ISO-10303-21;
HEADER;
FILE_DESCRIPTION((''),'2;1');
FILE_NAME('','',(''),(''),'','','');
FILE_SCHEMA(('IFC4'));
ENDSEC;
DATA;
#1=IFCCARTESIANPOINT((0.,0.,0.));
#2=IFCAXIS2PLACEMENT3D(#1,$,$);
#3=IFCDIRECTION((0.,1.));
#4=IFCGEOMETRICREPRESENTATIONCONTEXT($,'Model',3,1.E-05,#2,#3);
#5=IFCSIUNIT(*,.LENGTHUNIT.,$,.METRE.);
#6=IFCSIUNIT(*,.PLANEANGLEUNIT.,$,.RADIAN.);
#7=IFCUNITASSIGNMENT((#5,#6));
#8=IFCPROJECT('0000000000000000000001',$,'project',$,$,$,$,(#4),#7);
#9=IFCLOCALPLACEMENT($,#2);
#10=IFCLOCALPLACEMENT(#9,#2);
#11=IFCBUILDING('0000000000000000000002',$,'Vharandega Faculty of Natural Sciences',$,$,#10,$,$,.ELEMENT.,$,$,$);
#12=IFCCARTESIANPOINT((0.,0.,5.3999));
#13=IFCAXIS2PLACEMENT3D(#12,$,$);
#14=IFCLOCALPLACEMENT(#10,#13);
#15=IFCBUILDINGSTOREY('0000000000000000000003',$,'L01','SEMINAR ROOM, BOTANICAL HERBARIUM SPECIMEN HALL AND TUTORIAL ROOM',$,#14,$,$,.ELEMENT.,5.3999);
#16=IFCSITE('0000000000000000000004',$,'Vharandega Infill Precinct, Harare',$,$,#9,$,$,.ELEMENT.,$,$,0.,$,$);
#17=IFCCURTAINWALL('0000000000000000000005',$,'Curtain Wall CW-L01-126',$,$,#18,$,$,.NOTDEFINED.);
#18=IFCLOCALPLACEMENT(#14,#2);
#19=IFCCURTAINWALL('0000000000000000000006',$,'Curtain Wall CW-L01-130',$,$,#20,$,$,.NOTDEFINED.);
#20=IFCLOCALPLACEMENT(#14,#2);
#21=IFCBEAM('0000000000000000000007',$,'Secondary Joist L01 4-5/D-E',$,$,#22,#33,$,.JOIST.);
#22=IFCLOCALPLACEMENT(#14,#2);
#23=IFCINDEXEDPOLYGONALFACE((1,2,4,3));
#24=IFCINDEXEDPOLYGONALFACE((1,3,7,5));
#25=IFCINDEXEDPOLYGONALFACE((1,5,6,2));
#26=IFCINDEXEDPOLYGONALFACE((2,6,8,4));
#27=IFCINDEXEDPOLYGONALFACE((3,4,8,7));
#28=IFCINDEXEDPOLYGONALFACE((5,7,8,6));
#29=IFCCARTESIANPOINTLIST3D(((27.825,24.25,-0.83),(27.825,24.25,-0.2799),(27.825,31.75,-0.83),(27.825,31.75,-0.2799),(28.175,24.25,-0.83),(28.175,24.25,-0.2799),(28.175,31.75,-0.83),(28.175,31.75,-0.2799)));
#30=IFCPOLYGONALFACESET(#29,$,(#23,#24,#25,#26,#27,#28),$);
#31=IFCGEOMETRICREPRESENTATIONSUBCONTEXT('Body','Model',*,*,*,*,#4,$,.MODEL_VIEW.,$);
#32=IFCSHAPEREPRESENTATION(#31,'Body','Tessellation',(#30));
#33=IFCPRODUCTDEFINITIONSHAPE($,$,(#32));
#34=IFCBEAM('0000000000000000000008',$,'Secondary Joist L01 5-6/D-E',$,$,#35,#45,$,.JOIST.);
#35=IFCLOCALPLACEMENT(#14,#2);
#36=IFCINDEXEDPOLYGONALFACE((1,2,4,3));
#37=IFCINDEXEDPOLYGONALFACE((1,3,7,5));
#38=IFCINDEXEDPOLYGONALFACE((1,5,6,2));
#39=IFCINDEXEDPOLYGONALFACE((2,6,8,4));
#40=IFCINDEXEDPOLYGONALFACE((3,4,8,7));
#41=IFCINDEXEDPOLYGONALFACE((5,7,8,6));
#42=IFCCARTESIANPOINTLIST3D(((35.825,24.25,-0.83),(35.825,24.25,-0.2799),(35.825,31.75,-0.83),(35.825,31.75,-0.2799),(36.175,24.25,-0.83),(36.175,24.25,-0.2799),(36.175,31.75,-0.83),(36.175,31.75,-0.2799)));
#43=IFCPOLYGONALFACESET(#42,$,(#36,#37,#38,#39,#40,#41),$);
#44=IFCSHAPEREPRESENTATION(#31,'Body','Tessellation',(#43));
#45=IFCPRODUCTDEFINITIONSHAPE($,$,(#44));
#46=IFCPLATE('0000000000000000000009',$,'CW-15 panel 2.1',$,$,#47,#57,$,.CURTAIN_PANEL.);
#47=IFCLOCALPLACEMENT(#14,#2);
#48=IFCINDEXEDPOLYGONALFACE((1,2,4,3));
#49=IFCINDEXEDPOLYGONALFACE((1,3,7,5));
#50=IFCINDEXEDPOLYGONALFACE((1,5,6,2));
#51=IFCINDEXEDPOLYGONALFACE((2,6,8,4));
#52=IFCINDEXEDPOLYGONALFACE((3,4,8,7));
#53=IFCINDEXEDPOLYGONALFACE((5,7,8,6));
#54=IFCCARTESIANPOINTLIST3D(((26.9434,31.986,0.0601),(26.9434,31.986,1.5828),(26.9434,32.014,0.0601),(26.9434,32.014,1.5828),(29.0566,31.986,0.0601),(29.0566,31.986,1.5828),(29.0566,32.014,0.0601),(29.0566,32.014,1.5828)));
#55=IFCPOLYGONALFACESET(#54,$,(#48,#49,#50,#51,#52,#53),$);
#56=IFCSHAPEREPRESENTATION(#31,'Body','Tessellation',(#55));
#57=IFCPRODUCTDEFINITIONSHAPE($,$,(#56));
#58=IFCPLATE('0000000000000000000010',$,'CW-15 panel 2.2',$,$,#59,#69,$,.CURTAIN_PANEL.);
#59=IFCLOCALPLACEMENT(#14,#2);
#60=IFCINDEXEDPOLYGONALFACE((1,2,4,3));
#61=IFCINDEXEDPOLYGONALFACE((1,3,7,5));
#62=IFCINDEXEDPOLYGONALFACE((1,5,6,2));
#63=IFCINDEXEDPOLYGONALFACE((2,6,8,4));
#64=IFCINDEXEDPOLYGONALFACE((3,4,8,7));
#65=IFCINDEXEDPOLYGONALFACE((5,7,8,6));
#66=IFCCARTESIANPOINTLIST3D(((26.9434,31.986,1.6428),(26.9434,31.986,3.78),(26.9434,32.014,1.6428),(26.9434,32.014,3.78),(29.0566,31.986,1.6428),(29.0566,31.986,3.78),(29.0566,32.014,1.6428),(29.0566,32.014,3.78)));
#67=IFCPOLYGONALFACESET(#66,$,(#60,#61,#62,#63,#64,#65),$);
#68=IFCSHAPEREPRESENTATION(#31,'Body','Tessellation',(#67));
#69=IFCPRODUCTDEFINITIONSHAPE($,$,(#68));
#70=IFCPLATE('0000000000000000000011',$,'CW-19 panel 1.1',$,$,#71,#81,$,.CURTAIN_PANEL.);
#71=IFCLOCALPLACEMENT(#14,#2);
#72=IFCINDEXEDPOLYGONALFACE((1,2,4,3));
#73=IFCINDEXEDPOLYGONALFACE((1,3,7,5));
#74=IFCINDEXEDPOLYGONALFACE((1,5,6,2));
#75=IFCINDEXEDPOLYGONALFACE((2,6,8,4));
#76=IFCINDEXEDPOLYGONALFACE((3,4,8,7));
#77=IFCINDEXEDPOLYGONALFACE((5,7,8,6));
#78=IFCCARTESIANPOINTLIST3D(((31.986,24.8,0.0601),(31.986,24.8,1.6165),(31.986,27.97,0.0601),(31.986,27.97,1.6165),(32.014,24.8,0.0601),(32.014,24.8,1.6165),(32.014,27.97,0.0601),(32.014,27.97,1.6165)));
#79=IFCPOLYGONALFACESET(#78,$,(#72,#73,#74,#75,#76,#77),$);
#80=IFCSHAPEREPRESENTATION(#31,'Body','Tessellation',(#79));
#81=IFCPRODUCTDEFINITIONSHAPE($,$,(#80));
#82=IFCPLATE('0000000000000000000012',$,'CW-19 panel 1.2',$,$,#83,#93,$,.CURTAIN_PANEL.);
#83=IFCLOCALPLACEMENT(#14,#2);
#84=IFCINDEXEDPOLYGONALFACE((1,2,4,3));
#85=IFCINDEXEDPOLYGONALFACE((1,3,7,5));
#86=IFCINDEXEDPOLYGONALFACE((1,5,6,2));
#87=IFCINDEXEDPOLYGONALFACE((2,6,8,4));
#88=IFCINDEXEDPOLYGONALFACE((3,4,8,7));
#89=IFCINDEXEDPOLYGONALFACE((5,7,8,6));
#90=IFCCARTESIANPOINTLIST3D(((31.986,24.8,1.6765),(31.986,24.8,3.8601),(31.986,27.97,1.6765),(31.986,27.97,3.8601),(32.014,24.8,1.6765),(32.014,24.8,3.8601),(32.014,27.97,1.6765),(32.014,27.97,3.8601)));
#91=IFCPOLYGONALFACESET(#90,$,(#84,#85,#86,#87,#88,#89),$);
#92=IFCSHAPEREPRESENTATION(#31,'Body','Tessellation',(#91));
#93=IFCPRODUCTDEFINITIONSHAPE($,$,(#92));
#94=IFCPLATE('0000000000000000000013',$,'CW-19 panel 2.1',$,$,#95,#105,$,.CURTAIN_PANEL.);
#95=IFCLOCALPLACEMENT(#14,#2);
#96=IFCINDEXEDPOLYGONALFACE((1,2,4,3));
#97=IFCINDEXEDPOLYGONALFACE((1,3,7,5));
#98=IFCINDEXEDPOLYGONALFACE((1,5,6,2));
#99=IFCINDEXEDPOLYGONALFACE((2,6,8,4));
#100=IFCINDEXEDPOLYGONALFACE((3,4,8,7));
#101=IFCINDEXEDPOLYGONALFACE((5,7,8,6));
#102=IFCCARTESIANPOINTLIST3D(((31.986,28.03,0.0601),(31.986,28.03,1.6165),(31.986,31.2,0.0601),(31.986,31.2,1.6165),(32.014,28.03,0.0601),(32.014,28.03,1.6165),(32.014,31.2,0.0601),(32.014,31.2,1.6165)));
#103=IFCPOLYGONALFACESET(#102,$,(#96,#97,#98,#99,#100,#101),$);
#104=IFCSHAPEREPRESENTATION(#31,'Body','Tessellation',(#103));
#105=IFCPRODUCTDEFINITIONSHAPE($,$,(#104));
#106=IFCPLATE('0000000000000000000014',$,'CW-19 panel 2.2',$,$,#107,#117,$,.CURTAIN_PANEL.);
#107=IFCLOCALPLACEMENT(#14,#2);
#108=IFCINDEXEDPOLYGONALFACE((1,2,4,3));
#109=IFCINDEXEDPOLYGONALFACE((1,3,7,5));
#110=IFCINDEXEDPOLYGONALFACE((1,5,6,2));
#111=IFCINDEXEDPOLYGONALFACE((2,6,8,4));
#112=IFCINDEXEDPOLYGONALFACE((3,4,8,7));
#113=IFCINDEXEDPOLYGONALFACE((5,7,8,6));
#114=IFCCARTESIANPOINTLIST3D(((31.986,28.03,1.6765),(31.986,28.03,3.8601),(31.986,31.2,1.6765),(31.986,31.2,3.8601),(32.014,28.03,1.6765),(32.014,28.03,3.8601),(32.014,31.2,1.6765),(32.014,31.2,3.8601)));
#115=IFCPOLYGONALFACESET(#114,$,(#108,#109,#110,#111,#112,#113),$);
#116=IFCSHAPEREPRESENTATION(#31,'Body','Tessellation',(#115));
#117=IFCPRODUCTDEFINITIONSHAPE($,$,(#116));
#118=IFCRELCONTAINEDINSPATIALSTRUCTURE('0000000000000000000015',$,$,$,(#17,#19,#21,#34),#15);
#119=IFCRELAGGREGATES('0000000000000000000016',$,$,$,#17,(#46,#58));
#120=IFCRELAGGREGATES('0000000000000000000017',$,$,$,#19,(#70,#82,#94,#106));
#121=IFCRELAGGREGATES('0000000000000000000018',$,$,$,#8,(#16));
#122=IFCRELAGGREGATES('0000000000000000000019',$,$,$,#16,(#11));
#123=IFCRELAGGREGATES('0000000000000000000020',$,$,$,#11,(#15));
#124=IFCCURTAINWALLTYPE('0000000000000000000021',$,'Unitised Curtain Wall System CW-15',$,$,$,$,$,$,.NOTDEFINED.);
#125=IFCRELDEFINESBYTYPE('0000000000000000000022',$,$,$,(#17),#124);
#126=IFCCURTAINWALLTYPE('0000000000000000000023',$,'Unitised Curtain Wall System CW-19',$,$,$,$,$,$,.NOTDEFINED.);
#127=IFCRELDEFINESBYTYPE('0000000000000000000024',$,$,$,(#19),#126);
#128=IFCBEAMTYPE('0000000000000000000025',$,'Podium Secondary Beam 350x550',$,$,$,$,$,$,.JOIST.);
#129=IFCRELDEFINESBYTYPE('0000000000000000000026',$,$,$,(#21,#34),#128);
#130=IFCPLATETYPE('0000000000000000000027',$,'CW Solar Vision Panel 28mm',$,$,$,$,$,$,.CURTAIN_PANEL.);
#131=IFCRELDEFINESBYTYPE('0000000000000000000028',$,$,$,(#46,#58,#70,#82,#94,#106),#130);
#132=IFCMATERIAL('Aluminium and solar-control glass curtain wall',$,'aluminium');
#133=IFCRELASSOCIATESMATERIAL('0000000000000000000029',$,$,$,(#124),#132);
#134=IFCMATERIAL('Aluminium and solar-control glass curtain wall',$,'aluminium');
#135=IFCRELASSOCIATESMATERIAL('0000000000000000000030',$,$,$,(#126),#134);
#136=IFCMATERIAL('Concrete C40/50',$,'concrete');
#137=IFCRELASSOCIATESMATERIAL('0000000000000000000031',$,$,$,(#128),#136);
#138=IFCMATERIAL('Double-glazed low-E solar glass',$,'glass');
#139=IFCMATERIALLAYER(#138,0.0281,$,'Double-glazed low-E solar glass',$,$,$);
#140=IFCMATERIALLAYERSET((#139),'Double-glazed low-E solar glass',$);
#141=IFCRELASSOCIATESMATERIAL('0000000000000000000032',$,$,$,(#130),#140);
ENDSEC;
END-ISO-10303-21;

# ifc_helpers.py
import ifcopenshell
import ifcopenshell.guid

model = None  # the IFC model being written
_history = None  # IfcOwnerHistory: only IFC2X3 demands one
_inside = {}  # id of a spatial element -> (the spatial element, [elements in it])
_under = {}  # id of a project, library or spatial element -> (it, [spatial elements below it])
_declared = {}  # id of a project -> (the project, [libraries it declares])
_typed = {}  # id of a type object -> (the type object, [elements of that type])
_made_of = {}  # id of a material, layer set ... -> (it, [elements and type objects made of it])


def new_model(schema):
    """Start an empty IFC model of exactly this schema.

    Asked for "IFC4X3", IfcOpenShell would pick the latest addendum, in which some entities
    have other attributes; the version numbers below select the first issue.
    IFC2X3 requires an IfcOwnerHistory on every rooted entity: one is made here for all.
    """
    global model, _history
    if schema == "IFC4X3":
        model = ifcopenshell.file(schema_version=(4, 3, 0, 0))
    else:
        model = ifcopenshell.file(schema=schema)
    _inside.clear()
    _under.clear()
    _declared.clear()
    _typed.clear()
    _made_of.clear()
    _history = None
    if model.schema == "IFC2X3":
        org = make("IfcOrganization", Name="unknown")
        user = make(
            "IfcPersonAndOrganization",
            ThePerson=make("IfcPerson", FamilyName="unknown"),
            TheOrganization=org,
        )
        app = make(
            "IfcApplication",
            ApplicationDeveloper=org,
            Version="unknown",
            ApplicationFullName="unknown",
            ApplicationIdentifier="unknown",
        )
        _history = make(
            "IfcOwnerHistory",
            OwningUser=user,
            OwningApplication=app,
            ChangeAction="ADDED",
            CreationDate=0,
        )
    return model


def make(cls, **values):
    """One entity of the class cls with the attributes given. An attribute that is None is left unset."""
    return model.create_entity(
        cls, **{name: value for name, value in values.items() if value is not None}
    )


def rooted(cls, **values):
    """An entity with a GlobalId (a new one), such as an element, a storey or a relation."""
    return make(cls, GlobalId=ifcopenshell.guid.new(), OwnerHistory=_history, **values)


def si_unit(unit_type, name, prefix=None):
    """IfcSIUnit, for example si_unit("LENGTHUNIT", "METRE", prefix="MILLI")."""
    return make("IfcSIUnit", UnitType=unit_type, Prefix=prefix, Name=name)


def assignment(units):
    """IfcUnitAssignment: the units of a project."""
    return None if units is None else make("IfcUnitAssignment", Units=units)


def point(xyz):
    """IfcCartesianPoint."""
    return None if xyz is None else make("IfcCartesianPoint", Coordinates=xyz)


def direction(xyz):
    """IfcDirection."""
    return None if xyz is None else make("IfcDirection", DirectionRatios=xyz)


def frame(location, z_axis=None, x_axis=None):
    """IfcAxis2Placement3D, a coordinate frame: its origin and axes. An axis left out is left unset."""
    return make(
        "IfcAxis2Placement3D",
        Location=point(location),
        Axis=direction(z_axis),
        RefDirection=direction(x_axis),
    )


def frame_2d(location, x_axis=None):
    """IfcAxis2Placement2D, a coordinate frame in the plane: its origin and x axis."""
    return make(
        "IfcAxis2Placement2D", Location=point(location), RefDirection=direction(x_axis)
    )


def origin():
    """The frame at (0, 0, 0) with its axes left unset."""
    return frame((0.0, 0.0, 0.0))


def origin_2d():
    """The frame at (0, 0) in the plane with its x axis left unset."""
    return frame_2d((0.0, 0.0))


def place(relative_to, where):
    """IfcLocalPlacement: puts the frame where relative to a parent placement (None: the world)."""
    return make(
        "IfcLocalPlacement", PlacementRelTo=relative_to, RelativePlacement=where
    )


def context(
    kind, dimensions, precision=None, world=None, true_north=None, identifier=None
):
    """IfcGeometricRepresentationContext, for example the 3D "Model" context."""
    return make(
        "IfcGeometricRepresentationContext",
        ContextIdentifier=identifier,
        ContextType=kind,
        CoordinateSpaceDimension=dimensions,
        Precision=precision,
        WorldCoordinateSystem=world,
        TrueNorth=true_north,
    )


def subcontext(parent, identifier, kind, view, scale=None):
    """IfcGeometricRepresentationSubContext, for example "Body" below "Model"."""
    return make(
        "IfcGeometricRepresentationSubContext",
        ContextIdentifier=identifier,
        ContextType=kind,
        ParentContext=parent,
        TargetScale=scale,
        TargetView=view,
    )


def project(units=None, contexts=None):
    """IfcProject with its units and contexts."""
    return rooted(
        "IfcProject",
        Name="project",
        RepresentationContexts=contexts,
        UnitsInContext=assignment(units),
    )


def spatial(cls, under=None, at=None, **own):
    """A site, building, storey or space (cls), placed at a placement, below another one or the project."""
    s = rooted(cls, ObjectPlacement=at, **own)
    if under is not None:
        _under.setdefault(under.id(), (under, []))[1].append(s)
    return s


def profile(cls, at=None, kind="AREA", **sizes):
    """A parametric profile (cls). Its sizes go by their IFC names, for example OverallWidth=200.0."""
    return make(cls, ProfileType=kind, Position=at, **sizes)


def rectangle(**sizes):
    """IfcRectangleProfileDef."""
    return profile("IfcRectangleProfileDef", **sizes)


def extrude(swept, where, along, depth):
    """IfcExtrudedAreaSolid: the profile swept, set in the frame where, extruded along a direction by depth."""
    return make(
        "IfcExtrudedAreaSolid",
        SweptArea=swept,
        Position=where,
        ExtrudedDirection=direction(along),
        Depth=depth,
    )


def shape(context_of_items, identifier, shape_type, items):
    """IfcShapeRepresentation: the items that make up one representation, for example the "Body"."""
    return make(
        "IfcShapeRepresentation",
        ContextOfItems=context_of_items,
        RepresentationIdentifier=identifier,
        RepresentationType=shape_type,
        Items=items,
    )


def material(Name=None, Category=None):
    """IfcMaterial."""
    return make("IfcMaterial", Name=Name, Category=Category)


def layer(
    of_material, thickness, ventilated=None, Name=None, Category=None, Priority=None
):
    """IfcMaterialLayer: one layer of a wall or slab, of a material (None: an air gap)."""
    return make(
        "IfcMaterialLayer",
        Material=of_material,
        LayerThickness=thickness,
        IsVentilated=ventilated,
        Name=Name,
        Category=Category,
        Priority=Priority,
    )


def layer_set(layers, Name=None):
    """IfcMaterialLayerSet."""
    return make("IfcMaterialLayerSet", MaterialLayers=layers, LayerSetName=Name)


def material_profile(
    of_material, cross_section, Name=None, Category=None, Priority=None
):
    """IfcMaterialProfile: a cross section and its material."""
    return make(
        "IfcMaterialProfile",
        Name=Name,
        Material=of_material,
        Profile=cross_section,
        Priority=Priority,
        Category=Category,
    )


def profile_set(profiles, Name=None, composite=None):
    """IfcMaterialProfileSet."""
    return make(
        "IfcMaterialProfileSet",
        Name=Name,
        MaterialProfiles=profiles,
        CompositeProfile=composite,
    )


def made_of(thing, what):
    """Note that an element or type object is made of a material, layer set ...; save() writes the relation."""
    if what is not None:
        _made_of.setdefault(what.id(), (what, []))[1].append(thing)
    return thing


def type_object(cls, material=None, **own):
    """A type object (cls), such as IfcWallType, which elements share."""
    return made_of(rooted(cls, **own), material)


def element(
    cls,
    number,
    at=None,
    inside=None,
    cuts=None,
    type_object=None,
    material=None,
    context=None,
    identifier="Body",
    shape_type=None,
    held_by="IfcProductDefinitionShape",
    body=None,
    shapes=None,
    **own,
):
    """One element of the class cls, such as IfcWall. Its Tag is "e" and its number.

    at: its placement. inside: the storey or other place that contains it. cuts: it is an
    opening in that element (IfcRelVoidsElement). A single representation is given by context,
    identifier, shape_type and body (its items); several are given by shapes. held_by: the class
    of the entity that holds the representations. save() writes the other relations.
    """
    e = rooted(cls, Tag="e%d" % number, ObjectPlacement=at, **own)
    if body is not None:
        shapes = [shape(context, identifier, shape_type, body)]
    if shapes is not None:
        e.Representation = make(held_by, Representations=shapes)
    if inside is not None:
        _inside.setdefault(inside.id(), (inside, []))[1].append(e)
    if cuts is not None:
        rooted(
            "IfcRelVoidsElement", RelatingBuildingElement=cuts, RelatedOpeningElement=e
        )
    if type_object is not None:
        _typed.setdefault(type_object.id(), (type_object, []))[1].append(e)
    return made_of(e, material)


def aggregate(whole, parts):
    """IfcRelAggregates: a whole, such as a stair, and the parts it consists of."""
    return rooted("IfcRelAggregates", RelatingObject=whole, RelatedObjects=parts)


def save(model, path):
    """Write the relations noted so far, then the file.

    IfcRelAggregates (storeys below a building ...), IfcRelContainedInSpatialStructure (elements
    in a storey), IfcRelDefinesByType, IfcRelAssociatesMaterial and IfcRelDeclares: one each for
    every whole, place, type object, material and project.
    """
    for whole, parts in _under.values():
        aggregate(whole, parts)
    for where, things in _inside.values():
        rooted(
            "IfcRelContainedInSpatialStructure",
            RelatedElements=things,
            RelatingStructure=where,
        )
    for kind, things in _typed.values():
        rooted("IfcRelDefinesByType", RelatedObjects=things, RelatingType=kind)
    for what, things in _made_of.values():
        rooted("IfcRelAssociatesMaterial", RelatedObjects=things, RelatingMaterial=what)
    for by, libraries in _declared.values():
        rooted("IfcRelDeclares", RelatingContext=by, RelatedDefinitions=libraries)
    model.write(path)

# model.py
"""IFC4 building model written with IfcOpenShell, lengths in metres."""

from ifc_helpers import new_model, si_unit, direction, frame, origin, origin_2d, place, context, subcontext, project, spatial, rectangle, extrude, material, layer, layer_set, material_profile, profile_set, type_object, element, aggregate, save


model = new_model("IFC4")

# Units and contexts
model_context = context("Model", 3, precision=1e-05, world=origin(), true_north=direction((0.0, 1.0)))
body_context = subcontext(model_context, "Body", "Model", "MODEL_VIEW")
ifc_project = project(units=[si_unit("LENGTHUNIT", "METRE"), si_unit("PLANEANGLEUNIT", "RADIAN")], contexts=[model_context])

# Site, building, storey
site_placement = place(None, origin())
site = spatial("IfcSite", under=ifc_project, at=site_placement, Name="Vharandega Infill Precinct, Harare", CompositionType="ELEMENT", RefElevation=0.0)
building_placement = place(site_placement, origin())
building = spatial("IfcBuilding", under=site, at=building_placement, Name="Vharandega Faculty of Natural Sciences", CompositionType="ELEMENT")
storey_placement = place(building_placement, frame((0.0, 0.0, 5.3999)))
storey = spatial("IfcBuildingStorey", under=building, at=storey_placement, Name="L01", Description="SEMINAR ROOM, BOTANICAL HERBARIUM SPECIMEN HALL AND TUTORIAL ROOM", CompositionType="ELEMENT", Elevation=5.3999)

# Curtain wall
ifc_material_1 = material(Name="Aluminium and solar-control glass curtain wall", Category="aluminium")
curtain_wall_type_1 = type_object("IfcCurtainWallType", Name="Unitised Curtain Wall System CW-15", PredefinedType="NOTDEFINED", material=ifc_material_1)
curtain_wall_1_placement = place(storey_placement, origin())
curtain_wall_1 = element("IfcCurtainWall", 1, at=curtain_wall_1_placement, inside=storey, type_object=curtain_wall_type_1, Name="Curtain Wall CW-L01-126", PredefinedType="NOTDEFINED")

# Curtain wall
ifc_material_2 = material(Name="Aluminium and solar-control glass curtain wall", Category="aluminium")
curtain_wall_type_2 = type_object("IfcCurtainWallType", Name="Unitised Curtain Wall System CW-19", PredefinedType="NOTDEFINED", material=ifc_material_2)
curtain_wall_2_placement = place(storey_placement, origin())
curtain_wall_2 = element("IfcCurtainWall", 2, at=curtain_wall_2_placement, inside=storey, type_object=curtain_wall_type_2, Name="Curtain Wall CW-L01-130", PredefinedType="NOTDEFINED")

# Beams
ifc_material_3 = material(Name="Concrete C40/50", Category="concrete")
ifc_material_profile_1 = material_profile(ifc_material_3, rectangle(XDim=0.3501, YDim=0.55, at=origin_2d()), Name="RC 350x550")
ifc_profile_set_1 = profile_set([ifc_material_profile_1], Name="Concrete C40/50")
beam_type_1 = type_object("IfcBeamType", Name="Podium Secondary Beam 350x550", PredefinedType="JOIST", material=ifc_profile_set_1)
for number, where, z_axis, x_axis, name in (
    (3, (28.0, 24.25, -0.5549), (0.0, 1.0, 0.0), (-1.0, 0.0, 0.0), "Secondary Joist L01 4-5/D-E"),
    (4, (36.0, 24.25, -0.5549), (0.0, 1.0, 0.0), (-1.0, 0.0, 0.0), "Secondary Joist L01 5-6/D-E"),
):
    element("IfcBeam", number, at=place(storey_placement, frame(where, z_axis=z_axis, x_axis=x_axis)), inside=storey, type_object=beam_type_1, Name=name, PredefinedType="JOIST", context=body_context, shape_type="SweptSolid", body=[
        extrude(rectangle(XDim=0.3501, YDim=0.55, at=origin_2d()), origin(), (0.0, 0.0, 1.0), 7.5),
    ])

# Plates
ifc_material_4 = material(Name="Double-glazed low-E solar glass", Category="glass")
ifc_layer = layer(ifc_material_4, 0.0281, Name="Double-glazed low-E solar glass")
ifc_layer_set = layer_set([ifc_layer], Name="Double-glazed low-E solar glass")
plate_type = type_object("IfcPlateType", Name="CW Solar Vision Panel 28mm", PredefinedType="CURTAIN_PANEL", material=ifc_layer_set)
plate_1_placement = place(storey_placement, frame((28.0, 32.0, 0.0601), z_axis=(0.0, 0.0, 1.0), x_axis=(1.0, 0.0, 0.0)))
plate_1 = element("IfcPlate", 5, at=plate_1_placement, type_object=plate_type, Name="CW-15 panel 2.1", PredefinedType="CURTAIN_PANEL", context=body_context, shape_type="SweptSolid", body=[
    extrude(rectangle(XDim=2.1133, YDim=0.0281, at=origin_2d()), origin(), (0.0, 0.0, 1.0), 1.5227),
])
plate_2_placement = place(storey_placement, frame((28.0, 32.0, 1.6428), z_axis=(0.0, 0.0, 1.0), x_axis=(1.0, 0.0, 0.0)))
plate_2 = element("IfcPlate", 6, at=plate_2_placement, type_object=plate_type, Name="CW-15 panel 2.2", PredefinedType="CURTAIN_PANEL", context=body_context, shape_type="SweptSolid", body=[
    extrude(rectangle(XDim=2.1133, YDim=0.0281, at=origin_2d()), origin(), (0.0, 0.0, 1.0), 2.1372),
])
aggregate(curtain_wall_1, [plate_1, plate_2])
plate_3_placement = place(storey_placement, frame((32.0, 26.385, 0.0601), z_axis=(0.0, 0.0, 1.0), x_axis=(0.0, 1.0, 0.0)))
plate_3 = element("IfcPlate", 7, at=plate_3_placement, type_object=plate_type, Name="CW-19 panel 1.1", PredefinedType="CURTAIN_PANEL", context=body_context, shape_type="SweptSolid", body=[
    extrude(rectangle(XDim=3.1699, YDim=0.0281, at=origin_2d()), origin(), (0.0, 0.0, 1.0), 1.5564),
])
plate_4_placement = place(storey_placement, frame((32.0, 26.385, 1.6765), z_axis=(0.0, 0.0, 1.0), x_axis=(0.0, 1.0, 0.0)))
plate_4 = element("IfcPlate", 8, at=plate_4_placement, type_object=plate_type, Name="CW-19 panel 1.2", PredefinedType="CURTAIN_PANEL", context=body_context, shape_type="SweptSolid", body=[
    extrude(rectangle(XDim=3.1699, YDim=0.0281, at=origin_2d()), origin(), (0.0, 0.0, 1.0), 2.1836),
])
plate_5_placement = place(storey_placement, frame((32.0, 29.615, 0.0601), z_axis=(0.0, 0.0, 1.0), x_axis=(0.0, 1.0, 0.0)))
plate_5 = element("IfcPlate", 9, at=plate_5_placement, type_object=plate_type, Name="CW-19 panel 2.1", PredefinedType="CURTAIN_PANEL", context=body_context, shape_type="SweptSolid", body=[
    extrude(rectangle(XDim=3.1699, YDim=0.0281, at=origin_2d()), origin(), (0.0, 0.0, 1.0), 1.5564),
])
plate_6_placement = place(storey_placement, frame((32.0, 29.615, 1.6765), z_axis=(0.0, 0.0, 1.0), x_axis=(0.0, 1.0, 0.0)))
plate_6 = element("IfcPlate", 10, at=plate_6_placement, type_object=plate_type, Name="CW-19 panel 2.2", PredefinedType="CURTAIN_PANEL", context=body_context, shape_type="SweptSolid", body=[
    extrude(rectangle(XDim=3.1699, YDim=0.0281, at=origin_2d()), origin(), (0.0, 0.0, 1.0), 2.1836),
])
aggregate(curtain_wall_2, [plate_3, plate_4, plate_5, plate_6])

save(model, "model.ifc")
